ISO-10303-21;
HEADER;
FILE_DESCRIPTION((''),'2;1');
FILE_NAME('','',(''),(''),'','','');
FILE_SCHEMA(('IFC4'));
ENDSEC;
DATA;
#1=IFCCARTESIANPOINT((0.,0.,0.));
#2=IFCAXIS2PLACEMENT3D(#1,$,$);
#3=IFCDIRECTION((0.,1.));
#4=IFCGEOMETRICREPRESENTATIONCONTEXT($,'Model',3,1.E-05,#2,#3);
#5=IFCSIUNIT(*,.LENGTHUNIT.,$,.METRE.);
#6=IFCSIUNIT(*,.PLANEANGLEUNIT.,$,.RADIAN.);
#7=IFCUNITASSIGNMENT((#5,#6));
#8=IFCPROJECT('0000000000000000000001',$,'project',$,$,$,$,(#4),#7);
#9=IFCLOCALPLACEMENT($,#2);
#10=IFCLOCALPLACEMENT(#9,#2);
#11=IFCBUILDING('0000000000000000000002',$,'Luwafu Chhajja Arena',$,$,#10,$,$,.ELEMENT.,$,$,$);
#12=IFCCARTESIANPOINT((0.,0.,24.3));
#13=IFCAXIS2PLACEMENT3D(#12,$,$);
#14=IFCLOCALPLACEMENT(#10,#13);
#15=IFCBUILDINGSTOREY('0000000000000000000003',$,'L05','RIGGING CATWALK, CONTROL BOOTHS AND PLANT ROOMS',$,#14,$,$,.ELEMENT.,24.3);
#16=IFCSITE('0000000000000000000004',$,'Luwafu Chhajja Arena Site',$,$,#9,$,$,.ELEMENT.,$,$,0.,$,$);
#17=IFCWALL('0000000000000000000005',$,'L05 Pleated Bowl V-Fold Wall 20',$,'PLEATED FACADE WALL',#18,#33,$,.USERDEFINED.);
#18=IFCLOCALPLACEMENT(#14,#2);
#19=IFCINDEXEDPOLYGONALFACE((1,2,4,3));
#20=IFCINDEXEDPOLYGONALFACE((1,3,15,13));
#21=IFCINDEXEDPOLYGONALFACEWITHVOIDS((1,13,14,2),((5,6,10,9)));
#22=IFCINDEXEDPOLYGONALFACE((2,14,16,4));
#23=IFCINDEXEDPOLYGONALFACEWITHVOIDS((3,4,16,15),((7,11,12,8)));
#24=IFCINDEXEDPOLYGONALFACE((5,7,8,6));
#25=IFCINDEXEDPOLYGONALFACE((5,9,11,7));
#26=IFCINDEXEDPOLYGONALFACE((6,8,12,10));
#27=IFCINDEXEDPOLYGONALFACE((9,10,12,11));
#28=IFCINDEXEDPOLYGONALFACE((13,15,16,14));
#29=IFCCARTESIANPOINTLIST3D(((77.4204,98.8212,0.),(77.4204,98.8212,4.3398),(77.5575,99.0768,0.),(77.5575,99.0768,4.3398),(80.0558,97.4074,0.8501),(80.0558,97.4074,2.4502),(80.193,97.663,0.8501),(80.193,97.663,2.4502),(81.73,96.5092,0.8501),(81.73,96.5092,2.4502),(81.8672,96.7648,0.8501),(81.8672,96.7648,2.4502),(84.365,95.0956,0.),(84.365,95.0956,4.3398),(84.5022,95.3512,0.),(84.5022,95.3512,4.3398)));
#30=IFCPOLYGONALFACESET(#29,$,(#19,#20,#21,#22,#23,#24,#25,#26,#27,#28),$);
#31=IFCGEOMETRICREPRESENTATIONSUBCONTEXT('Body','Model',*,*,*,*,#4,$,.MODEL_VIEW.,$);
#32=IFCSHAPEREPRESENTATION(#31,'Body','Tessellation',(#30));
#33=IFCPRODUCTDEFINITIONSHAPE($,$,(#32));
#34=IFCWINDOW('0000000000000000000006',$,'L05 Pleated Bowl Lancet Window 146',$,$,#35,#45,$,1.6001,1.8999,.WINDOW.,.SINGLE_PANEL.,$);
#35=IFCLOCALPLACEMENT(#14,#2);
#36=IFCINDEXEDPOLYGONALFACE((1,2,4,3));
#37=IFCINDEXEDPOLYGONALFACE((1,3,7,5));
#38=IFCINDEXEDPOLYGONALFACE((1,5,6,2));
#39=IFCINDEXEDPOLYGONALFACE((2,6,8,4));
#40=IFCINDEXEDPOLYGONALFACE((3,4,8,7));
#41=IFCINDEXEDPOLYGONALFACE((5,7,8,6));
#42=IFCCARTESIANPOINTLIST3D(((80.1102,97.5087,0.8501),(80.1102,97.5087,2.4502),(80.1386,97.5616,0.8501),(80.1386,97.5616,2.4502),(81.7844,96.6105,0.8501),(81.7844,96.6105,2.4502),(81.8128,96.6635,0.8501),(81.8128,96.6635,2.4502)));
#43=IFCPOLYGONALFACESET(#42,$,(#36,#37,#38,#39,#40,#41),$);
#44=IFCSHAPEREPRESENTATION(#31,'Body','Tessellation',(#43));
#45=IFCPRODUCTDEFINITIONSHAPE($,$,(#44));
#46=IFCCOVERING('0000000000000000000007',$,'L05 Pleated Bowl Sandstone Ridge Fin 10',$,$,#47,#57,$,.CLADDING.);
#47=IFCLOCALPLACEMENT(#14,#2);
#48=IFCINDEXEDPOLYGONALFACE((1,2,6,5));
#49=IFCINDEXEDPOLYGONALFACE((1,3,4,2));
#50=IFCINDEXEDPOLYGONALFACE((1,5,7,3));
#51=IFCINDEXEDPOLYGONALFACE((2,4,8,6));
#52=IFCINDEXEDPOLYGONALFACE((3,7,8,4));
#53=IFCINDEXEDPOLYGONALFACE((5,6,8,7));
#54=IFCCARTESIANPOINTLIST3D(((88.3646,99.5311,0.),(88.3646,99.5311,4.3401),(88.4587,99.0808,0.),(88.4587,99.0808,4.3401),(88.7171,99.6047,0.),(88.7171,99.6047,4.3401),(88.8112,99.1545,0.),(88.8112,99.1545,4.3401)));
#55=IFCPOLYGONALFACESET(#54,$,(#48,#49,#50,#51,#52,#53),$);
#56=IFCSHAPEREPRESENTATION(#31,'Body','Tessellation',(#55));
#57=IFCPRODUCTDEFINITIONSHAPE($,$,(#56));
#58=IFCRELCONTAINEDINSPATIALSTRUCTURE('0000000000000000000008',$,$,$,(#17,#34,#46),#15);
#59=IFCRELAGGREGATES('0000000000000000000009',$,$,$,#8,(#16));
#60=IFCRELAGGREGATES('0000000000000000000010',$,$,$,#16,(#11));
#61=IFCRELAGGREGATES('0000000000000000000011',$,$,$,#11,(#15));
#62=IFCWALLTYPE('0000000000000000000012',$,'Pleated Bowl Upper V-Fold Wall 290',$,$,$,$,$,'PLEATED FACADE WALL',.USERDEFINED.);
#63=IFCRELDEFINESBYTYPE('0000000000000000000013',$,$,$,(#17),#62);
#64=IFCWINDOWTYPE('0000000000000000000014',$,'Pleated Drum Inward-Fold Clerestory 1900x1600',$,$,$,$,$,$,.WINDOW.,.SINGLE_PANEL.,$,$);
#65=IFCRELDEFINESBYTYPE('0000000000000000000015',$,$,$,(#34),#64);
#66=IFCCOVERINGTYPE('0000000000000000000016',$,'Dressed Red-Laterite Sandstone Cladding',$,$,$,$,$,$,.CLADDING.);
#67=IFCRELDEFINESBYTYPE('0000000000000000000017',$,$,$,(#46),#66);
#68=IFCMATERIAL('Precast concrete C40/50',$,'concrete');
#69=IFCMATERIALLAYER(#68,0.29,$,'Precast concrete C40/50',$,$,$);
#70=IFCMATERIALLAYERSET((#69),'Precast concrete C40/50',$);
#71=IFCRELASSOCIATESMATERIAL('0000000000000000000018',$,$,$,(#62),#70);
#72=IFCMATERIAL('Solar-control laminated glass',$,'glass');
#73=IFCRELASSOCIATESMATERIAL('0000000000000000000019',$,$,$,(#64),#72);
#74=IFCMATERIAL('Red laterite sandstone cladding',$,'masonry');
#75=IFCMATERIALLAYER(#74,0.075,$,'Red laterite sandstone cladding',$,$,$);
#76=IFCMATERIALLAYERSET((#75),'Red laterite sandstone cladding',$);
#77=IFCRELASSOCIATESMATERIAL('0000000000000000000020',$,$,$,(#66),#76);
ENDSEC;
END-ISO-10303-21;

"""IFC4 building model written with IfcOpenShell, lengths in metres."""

from ifc_helpers import new_model, si_unit, direction, frame, frame_2d, origin, origin_2d, place, context, subcontext, project, spatial, rectangle, extrude, material, layer, layer_set, type_object, element, fill, save


model = new_model("IFC4")

# Units and contexts
model_context = context("Model", 3, precision=1e-05, world=origin(), true_north=direction((0.0, 1.0)))
body_context = subcontext(model_context, "Body", "Model", "MODEL_VIEW")
ifc_project = project(units=[si_unit("LENGTHUNIT", "METRE"), si_unit("PLANEANGLEUNIT", "RADIAN")], contexts=[model_context])

# Site, building, storey
site_placement = place(None, origin())
site = spatial("IfcSite", under=ifc_project, at=site_placement, Name="Luwafu Chhajja Arena Site", CompositionType="ELEMENT", RefElevation=0.0)
building_placement = place(site_placement, origin())
building = spatial("IfcBuilding", under=site, at=building_placement, Name="Luwafu Chhajja Arena", CompositionType="ELEMENT")
storey_placement = place(building_placement, frame((0.0, 0.0, 24.3)))
storey = spatial("IfcBuildingStorey", under=building, at=storey_placement, Name="L05", Description="RIGGING CATWALK, CONTROL BOOTHS AND PLANT ROOMS", CompositionType="ELEMENT", Elevation=24.3)

# Shared definitions
ifc_material_1 = material(Name="Solar-control laminated glass", Category="glass")

# Wall, opening, window
ifc_material_2 = material(Name="Precast concrete C40/50", Category="concrete")
ifc_layer_1 = layer(ifc_material_2, 0.29, Name="Precast concrete C40/50")
ifc_layer_set_1 = layer_set([ifc_layer_1], Name="Precast concrete C40/50")
wall_type_1 = type_object("IfcWallType", Name="Pleated Bowl Upper V-Fold Wall 290", ElementType="PLEATED FACADE WALL", PredefinedType="USERDEFINED", material=ifc_layer_set_1)
window_type_1 = type_object("IfcWindowType", Name="Pleated Drum Inward-Fold Clerestory 1900x1600", PartitioningType="SINGLE_PANEL", PredefinedType="WINDOW", material=ifc_material_1)
wall_1_placement = place(storey_placement, frame((84.4336, 95.2234, 0.0), z_axis=(0.0, 0.0, 1.0), x_axis=(-0.881201, 0.472741, 0.0)))
wall_1 = element("IfcWall", 1, at=wall_1_placement, inside=storey, type_object=wall_type_1, Name="L05 Pleated Bowl V-Fold Wall 20", ObjectType="PLEATED FACADE WALL", PredefinedType="USERDEFINED", context=body_context, shape_type="SweptSolid", body=[
    extrude(rectangle(XDim=7.8809, YDim=0.29, at=frame_2d((3.9404, 0.0))), origin(), (0.0, 0.0, 1.0), 4.3398),
])
opening_1_placement = place(wall_1_placement, frame((2.9902, 0.0, 0.8501)))
opening_1 = element("IfcOpeningElement", 2, at=opening_1_placement, cuts=wall_1, PredefinedType="OPENING", context=body_context, shape_type="SweptSolid", body=[
    extrude(rectangle(XDim=1.8999, YDim=1.6001, at=frame_2d((0.95, 0.8))), frame((0.0, 0.155, 0.0), z_axis=(0.0, -1.0, 0.0), x_axis=(1.0, 0.0, 0.0)), (0.0, 0.0, 1.0), 0.3101),
])
window_1_placement = place(opening_1_placement, origin())
window_1 = element("IfcWindow", 3, at=window_1_placement, inside=storey, type_object=window_type_1, Name="L05 Pleated Bowl Lancet Window 146", OverallHeight=1.6001, OverallWidth=1.8999, PartitioningType="SINGLE_PANEL", PredefinedType="WINDOW", context=body_context, shape_type="SweptSolid", body=[
    extrude(rectangle(XDim=1.8999, YDim=1.6001, at=frame_2d((0.95, 0.8))), frame((0.0, 0.03, 0.0), z_axis=(0.0, -1.0, 0.0), x_axis=(1.0, 0.0, 0.0)), (0.0, 0.0, 1.0), 0.0601),
])
fill(opening_1, window_1)

# Covering
ifc_material_3 = material(Name="Red laterite sandstone cladding", Category="masonry")
ifc_layer_2 = layer(ifc_material_3, 0.075, Name="Red laterite sandstone cladding")
ifc_layer_set_2 = layer_set([ifc_layer_2], Name="Red laterite sandstone cladding")
covering_type = type_object("IfcCoveringType", Name="Dressed Red-Laterite Sandstone Cladding", PredefinedType="CLADDING", material=ifc_layer_set_2)
covering_placement = place(storey_placement, frame((88.5879, 99.3428, 0.0), z_axis=(0.0, 0.0, 1.0), x_axis=(-0.204485, 0.97887, 0.0)))
element("IfcCovering", 4, at=covering_placement, inside=storey, type_object=covering_type, Name="L05 Pleated Bowl Sandstone Ridge Fin 10", PredefinedType="CLADDING", context=body_context, shape_type="SweptSolid", body=[
    extrude(rectangle(XDim=0.46, YDim=0.3601, at=origin_2d()), origin(), (0.0, 0.0, 1.0), 4.3401),
])

save(model, "model.ifc")
